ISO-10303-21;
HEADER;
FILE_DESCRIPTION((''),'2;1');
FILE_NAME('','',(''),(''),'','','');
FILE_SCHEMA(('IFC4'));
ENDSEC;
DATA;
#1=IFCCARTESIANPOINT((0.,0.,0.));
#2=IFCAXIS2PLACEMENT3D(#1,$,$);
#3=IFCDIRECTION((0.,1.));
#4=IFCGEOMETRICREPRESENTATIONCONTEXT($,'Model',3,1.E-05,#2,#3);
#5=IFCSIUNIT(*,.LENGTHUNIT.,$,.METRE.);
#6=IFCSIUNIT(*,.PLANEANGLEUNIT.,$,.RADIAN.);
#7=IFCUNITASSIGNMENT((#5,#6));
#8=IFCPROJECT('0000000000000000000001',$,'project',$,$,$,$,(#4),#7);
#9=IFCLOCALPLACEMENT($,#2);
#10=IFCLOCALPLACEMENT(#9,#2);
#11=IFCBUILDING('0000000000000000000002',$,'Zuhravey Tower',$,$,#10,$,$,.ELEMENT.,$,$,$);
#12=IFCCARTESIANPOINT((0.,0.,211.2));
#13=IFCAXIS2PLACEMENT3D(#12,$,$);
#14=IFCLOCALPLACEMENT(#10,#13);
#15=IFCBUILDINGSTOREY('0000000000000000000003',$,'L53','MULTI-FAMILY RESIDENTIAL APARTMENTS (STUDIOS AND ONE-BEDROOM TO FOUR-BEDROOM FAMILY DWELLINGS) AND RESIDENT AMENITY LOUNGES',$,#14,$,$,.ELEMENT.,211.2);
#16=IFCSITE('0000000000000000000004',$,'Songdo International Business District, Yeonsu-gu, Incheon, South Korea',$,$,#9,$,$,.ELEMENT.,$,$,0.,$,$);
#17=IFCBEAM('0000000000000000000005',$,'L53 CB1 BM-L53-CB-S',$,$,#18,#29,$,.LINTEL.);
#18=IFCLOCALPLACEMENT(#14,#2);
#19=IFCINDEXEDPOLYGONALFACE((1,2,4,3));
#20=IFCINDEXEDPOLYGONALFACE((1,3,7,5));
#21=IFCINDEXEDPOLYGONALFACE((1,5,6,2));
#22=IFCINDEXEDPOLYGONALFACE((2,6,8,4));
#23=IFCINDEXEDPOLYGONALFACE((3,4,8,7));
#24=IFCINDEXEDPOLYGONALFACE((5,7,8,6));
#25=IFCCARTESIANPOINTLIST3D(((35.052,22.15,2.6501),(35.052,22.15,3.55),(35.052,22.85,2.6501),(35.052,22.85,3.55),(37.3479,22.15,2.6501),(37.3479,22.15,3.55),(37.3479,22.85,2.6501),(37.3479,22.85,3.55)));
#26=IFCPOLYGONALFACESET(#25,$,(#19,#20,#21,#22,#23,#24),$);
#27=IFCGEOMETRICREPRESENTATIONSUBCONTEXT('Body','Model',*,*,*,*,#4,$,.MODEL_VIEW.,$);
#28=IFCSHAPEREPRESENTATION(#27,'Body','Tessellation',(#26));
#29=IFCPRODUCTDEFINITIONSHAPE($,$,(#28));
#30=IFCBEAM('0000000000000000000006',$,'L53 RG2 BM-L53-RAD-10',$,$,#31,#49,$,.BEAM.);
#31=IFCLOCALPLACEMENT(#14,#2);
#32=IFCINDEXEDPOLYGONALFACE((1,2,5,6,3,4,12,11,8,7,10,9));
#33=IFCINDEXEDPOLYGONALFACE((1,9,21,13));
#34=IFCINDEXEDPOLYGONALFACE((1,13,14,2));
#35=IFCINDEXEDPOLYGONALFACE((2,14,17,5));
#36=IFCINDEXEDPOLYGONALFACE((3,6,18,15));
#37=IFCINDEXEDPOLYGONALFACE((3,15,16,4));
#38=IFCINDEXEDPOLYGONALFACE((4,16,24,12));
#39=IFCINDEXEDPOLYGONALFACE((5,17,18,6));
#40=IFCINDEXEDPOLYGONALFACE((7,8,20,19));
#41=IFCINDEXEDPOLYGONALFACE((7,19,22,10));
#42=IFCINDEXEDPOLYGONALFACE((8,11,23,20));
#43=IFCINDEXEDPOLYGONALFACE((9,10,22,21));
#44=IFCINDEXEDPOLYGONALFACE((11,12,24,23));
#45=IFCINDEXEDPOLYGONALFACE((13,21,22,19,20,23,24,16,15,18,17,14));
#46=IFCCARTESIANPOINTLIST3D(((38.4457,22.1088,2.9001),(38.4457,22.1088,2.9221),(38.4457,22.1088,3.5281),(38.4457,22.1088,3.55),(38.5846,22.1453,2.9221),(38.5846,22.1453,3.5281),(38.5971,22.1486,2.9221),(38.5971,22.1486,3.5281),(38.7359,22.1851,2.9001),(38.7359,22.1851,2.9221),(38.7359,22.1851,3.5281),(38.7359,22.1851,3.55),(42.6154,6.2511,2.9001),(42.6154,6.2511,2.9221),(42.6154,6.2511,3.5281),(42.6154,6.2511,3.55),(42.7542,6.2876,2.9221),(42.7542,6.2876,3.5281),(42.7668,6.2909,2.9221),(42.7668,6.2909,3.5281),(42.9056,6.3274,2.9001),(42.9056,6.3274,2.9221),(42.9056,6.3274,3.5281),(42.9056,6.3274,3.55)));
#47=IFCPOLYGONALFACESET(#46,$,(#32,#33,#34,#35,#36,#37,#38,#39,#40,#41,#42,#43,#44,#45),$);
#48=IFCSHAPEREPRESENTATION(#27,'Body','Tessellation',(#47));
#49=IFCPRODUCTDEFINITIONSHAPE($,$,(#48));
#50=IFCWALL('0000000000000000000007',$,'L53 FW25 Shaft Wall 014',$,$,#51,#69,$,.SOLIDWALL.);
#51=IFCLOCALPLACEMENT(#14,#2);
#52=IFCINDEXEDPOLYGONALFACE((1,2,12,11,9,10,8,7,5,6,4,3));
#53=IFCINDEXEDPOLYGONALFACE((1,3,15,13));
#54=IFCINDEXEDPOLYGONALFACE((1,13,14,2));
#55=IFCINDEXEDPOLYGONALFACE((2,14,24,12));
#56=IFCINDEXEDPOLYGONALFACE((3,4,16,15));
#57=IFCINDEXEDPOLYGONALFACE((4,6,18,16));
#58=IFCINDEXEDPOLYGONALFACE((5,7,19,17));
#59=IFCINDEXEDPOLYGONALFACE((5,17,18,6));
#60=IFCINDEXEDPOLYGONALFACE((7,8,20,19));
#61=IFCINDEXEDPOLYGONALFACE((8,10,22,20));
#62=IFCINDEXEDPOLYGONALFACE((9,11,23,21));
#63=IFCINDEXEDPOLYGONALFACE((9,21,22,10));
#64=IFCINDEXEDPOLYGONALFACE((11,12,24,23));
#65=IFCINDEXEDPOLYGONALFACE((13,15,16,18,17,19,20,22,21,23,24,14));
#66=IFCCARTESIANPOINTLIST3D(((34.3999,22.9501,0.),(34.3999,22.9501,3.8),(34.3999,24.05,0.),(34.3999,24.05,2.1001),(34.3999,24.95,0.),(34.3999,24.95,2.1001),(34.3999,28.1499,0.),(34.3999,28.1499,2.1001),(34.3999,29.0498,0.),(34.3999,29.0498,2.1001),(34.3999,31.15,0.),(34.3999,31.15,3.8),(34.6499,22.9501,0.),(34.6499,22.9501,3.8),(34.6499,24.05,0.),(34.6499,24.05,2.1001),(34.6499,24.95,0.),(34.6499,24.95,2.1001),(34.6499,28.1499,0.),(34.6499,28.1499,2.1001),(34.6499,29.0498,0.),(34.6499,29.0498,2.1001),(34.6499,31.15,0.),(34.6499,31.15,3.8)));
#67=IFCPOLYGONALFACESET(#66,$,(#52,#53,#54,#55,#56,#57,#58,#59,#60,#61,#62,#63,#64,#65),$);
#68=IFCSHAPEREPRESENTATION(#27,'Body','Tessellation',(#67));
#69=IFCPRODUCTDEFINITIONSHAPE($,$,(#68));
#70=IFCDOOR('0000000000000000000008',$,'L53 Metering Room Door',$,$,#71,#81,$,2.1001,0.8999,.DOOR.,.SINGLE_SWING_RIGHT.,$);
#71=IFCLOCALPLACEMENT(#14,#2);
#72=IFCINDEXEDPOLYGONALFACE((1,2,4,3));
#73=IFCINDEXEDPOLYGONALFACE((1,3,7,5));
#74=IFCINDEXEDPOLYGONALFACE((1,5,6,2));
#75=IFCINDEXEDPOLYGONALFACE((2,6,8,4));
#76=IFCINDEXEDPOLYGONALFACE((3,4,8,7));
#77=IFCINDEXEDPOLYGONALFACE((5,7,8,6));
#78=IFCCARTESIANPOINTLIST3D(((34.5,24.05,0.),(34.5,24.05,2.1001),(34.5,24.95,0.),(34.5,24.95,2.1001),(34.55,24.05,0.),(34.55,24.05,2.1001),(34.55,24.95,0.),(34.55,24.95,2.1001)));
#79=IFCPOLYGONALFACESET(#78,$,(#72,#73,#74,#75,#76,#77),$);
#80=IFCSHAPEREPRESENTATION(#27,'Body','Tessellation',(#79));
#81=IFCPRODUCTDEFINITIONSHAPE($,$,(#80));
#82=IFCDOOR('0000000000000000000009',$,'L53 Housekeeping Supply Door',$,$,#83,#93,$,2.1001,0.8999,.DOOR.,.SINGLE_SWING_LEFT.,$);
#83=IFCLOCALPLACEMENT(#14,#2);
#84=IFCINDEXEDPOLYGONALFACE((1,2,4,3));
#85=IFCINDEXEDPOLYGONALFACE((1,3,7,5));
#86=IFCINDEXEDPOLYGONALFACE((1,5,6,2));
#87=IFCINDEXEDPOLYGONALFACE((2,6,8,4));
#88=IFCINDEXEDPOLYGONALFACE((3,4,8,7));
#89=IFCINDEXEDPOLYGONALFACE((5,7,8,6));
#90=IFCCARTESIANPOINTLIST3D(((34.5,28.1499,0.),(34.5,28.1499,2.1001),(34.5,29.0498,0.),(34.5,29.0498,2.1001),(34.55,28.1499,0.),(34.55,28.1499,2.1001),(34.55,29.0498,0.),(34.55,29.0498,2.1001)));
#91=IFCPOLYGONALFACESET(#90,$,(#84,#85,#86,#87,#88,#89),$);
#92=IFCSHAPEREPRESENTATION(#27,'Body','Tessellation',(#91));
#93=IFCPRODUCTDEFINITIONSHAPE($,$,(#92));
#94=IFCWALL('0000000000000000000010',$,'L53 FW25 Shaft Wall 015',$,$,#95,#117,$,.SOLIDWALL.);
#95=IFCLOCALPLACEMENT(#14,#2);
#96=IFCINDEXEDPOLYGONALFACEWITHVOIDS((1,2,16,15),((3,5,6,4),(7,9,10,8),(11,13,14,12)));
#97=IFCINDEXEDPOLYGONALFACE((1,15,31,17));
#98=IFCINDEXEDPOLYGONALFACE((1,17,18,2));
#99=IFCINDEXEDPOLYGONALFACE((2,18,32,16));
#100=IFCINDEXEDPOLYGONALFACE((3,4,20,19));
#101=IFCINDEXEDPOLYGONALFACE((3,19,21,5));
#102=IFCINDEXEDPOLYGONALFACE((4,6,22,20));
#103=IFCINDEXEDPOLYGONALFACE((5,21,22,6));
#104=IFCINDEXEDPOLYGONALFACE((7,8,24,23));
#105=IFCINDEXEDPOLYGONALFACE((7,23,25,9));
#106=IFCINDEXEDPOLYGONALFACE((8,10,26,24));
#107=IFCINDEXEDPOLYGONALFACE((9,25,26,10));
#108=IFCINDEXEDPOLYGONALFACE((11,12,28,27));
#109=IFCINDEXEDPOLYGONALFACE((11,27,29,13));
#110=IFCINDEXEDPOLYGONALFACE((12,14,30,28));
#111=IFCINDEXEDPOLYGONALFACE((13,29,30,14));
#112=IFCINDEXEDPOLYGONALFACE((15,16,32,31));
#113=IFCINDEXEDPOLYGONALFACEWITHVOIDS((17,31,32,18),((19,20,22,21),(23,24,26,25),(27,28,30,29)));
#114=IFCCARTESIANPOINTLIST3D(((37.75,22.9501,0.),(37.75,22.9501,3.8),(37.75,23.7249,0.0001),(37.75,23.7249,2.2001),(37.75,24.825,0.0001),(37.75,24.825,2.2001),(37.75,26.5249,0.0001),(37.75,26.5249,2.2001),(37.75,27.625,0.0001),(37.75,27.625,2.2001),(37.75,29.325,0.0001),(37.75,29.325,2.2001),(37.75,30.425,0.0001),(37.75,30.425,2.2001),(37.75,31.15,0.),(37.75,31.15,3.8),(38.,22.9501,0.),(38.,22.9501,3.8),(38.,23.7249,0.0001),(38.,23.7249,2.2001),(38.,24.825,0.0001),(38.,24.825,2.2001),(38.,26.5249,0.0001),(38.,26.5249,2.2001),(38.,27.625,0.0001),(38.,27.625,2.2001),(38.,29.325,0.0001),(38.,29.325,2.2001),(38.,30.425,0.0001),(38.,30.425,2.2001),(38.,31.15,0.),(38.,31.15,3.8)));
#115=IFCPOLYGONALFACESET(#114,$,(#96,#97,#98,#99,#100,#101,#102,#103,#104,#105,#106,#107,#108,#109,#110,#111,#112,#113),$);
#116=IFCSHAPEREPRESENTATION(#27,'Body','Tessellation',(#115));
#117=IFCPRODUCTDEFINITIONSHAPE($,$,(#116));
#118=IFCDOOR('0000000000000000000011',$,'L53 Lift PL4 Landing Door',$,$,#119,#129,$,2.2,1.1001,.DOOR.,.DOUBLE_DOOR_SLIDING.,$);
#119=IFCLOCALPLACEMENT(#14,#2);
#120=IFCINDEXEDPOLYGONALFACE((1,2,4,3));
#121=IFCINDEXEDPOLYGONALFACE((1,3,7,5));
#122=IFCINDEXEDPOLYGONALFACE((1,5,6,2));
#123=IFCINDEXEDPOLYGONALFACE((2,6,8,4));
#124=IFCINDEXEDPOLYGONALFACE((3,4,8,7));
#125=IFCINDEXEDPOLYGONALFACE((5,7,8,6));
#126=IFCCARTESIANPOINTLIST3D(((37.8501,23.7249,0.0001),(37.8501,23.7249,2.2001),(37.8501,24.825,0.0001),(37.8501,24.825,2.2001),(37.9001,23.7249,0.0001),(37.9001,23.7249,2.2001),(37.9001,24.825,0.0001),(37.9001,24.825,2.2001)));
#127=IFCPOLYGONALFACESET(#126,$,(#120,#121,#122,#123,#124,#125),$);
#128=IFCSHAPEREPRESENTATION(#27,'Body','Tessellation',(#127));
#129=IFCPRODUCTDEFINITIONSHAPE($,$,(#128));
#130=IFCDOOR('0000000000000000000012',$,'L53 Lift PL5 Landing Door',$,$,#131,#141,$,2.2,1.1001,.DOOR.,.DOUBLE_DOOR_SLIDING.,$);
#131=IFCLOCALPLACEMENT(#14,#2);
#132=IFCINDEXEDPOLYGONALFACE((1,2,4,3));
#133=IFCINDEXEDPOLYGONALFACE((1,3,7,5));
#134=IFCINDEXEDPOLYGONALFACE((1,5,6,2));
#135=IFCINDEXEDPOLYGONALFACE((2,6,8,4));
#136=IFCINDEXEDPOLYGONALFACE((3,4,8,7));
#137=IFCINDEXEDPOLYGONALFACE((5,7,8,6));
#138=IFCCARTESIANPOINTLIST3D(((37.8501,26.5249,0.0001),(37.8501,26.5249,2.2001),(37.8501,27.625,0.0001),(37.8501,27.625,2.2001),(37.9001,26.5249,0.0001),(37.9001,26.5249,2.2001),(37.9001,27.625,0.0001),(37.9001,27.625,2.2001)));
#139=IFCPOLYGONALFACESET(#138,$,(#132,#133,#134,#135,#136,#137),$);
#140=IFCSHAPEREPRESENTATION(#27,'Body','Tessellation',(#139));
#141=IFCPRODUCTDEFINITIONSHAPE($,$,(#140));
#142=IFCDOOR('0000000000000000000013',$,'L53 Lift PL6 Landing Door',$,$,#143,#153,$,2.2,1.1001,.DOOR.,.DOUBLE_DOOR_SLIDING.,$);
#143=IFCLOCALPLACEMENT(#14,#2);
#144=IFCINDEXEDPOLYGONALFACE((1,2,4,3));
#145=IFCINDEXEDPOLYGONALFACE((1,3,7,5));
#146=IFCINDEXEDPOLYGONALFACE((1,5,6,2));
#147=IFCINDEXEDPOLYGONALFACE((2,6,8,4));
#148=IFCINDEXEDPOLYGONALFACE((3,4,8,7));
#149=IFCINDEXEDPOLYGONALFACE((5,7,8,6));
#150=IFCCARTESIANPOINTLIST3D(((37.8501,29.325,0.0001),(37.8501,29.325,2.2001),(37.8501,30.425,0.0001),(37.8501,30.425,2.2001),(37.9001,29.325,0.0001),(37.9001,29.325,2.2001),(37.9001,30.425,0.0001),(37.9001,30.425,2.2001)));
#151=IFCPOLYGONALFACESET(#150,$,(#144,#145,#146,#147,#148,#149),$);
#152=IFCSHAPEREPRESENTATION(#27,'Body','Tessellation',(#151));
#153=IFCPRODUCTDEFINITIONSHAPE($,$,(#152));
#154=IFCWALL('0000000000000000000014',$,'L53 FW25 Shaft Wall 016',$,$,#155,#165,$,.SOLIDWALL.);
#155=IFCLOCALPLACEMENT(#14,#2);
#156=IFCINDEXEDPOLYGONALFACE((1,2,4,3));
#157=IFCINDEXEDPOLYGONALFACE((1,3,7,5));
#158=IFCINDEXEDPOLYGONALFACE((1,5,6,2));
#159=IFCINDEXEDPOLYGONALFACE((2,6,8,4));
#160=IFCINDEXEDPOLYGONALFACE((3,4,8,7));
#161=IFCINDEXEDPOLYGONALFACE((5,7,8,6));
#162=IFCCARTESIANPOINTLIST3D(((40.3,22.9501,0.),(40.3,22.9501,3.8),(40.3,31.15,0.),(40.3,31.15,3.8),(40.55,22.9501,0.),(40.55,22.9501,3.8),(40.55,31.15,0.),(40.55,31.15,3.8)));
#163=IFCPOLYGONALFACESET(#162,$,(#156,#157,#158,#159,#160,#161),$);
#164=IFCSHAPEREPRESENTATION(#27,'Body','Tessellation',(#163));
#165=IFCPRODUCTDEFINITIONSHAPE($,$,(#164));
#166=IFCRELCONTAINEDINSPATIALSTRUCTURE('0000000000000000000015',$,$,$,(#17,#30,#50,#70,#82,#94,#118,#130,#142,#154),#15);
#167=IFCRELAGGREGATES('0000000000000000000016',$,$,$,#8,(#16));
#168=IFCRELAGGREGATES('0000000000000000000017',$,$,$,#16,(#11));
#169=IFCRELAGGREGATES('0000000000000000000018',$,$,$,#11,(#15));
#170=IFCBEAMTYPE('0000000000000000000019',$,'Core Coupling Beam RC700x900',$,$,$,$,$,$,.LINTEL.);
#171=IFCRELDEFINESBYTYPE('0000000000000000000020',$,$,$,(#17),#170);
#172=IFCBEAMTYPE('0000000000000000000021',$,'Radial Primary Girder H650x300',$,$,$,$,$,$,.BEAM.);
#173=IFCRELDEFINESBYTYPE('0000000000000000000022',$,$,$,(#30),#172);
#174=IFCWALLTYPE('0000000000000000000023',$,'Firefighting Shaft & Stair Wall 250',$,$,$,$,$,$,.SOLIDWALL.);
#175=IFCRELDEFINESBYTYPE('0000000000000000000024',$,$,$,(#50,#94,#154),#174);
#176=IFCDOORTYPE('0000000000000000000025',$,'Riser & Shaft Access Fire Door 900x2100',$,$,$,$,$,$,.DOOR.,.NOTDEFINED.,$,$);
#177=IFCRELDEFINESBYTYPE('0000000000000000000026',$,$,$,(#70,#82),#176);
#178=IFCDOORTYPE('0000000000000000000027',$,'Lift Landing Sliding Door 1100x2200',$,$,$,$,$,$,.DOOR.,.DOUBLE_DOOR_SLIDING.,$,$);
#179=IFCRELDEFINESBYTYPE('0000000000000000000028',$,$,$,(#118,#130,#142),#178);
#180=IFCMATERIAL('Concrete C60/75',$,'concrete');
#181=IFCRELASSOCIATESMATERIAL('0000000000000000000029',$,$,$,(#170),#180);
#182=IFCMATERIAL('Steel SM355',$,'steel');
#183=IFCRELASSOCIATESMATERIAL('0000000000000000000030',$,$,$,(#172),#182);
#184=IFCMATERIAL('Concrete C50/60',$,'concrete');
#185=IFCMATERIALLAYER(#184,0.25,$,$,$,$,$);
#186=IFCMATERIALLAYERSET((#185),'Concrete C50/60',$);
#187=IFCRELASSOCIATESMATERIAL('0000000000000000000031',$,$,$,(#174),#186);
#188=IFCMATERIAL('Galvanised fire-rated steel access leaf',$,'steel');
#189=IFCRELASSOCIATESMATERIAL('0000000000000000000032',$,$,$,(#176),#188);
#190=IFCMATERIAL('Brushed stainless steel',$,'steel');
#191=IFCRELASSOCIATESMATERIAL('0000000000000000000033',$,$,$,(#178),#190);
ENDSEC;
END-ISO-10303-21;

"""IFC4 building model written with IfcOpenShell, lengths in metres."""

from ifc_helpers import new_model, si_unit, direction, frame, frame_2d, origin, origin_2d, place, context, subcontext, project, spatial, rectangle, i_section, extrude, material, layer, layer_set, material_profile, profile_set, type_object, element, fill, save


model = new_model("IFC4")

# Units and contexts
model_context = context("Model", 3, precision=1e-05, world=origin(), true_north=direction((0.0, 1.0)))
body_context = subcontext(model_context, "Body", "Model", "MODEL_VIEW")
ifc_project = project(units=[si_unit("LENGTHUNIT", "METRE"), si_unit("PLANEANGLEUNIT", "RADIAN")], contexts=[model_context])

# Site, building, storey
site_placement = place(None, origin())
site = spatial("IfcSite", under=ifc_project, at=site_placement, Name="Songdo International Business District, Yeonsu-gu, Incheon, South Korea", CompositionType="ELEMENT", RefElevation=0.0)
building_placement = place(site_placement, origin())
building = spatial("IfcBuilding", under=site, at=building_placement, Name="Zuhravey Tower", CompositionType="ELEMENT")
storey_placement = place(building_placement, frame((0.0, 0.0, 211.2)))
storey = spatial("IfcBuildingStorey", under=building, at=storey_placement, Name="L53", Description="MULTI-FAMILY RESIDENTIAL APARTMENTS (STUDIOS AND ONE-BEDROOM TO FOUR-BEDROOM FAMILY DWELLINGS) AND RESIDENT AMENITY LOUNGES", CompositionType="ELEMENT", Elevation=211.2)

# Beams
ifc_material_1 = material(Name="Concrete C60/75", Category="concrete")
ifc_material_profile_1 = material_profile(ifc_material_1, rectangle(XDim=0.7, YDim=0.8999, at=origin_2d()), Name="RC-700x900")
ifc_profile_set_1 = profile_set([ifc_material_profile_1], Name="Concrete C60/75")
beam_type_1 = type_object("IfcBeamType", Name="Core Coupling Beam RC700x900", PredefinedType="LINTEL", material=ifc_profile_set_1)
beam_1_placement = place(storey_placement, frame((35.052, 22.5, 3.1001), z_axis=(1.0, 0.0, 0.0), x_axis=(0.0, 1.0, 0.0)))
element("IfcBeam", 1, at=beam_1_placement, inside=storey, type_object=beam_type_1, Name="L53 CB1 BM-L53-CB-S", PredefinedType="LINTEL", context=body_context, shape_type="SweptSolid", body=[
    extrude(rectangle(XDim=0.7, YDim=0.8999, at=origin_2d()), origin(), (0.0, 0.0, 1.0), 2.2959),
])
ifc_material_2 = material(Name="Steel SM355", Category="steel")
ifc_material_profile_2 = material_profile(ifc_material_2, i_section(OverallWidth=0.3, OverallDepth=0.6499, WebThickness=0.0129, FlangeThickness=0.022, at=origin_2d()), Name="H-650x300x13x22")
ifc_profile_set_2 = profile_set([ifc_material_profile_2], Name="Steel SM355")
beam_type_2 = type_object("IfcBeamType", Name="Radial Primary Girder H650x300", PredefinedType="BEAM", material=ifc_profile_set_2)
beam_2_placement = place(storey_placement, frame((38.5908, 22.147, 3.2251), z_axis=(0.2543, -0.967125, 0.0), x_axis=(0.967125, 0.2543, 0.0)))
element("IfcBeam", 2, at=beam_2_placement, inside=storey, type_object=beam_type_2, Name="L53 RG2 BM-L53-RAD-10", PredefinedType="BEAM", context=body_context, shape_type="SweptSolid", body=[
    extrude(i_section(OverallWidth=0.3, OverallDepth=0.6499, WebThickness=0.0129, FlangeThickness=0.022, at=origin_2d()), origin(), (0.0, 0.0, 1.0), 16.3967),
])

# Shared definitions
ifc_material_3 = material(Name="Concrete C50/60", Category="concrete")
ifc_layer_1 = layer(ifc_material_3, 0.25)
ifc_layer_set_1 = layer_set([ifc_layer_1], Name="Concrete C50/60")
wall_type_1 = type_object("IfcWallType", Name="Firefighting Shaft & Stair Wall 250", PredefinedType="SOLIDWALL", material=ifc_layer_set_1)

# Walls, openings, doors
wall_1_placement = place(storey_placement, frame((34.5249, 22.95, 0.0), z_axis=(0.0, 0.0, 1.0), x_axis=(0.0, 1.0, 0.0)))
wall_1 = element("IfcWall", 3, at=wall_1_placement, inside=storey, type_object=wall_type_1, Name="L53 FW25 Shaft Wall 014", PredefinedType="SOLIDWALL", context=body_context, shape_type="SweptSolid", body=[
    extrude(rectangle(XDim=8.2, YDim=0.25, at=frame_2d((4.1001, 0.0))), origin(), (0.0, 0.0, 1.0), 3.8),
])
opening_1_placement = place(wall_1_placement, frame((1.1001, 0.0, 0.0)))
opening_1 = element("IfcOpeningElement", 4, at=opening_1_placement, cuts=wall_1, PredefinedType="OPENING", context=body_context, shape_type="SweptSolid", body=[
    extrude(rectangle(XDim=0.8999, YDim=2.1001, at=frame_2d((0.45, 1.05))), frame((0.0, 0.137, 0.0), z_axis=(0.0, -1.0, 0.0), x_axis=(1.0, 0.0, 0.0)), (0.0, 0.0, 1.0), 0.2739),
])
opening_2_placement = place(wall_1_placement, frame((5.2, 0.0, 0.0)))
opening_2 = element("IfcOpeningElement", 5, at=opening_2_placement, cuts=wall_1, PredefinedType="OPENING", context=body_context, shape_type="SweptSolid", body=[
    extrude(rectangle(XDim=0.8999, YDim=2.1001, at=frame_2d((0.45, 1.05))), frame((0.0, 0.137, 0.0), z_axis=(0.0, -1.0, 0.0), x_axis=(1.0, 0.0, 0.0)), (0.0, 0.0, 1.0), 0.2739),
])
ifc_material_4 = material(Name="Galvanised fire-rated steel access leaf", Category="steel")
door_type_1 = type_object("IfcDoorType", Name="Riser & Shaft Access Fire Door 900x2100", OperationType="NOTDEFINED", PredefinedType="DOOR", material=ifc_material_4)
door_1_placement = place(opening_1_placement, origin())
door_1 = element("IfcDoor", 6, at=door_1_placement, inside=storey, type_object=door_type_1, Name="L53 Metering Room Door", OperationType="SINGLE_SWING_RIGHT", OverallHeight=2.1001, OverallWidth=0.8999, PredefinedType="DOOR", context=body_context, shape_type="SweptSolid", body=[
    extrude(rectangle(XDim=0.8999, YDim=2.1001, at=frame_2d((0.45, 1.05))), frame((0.0, 0.0249, 0.0), z_axis=(0.0, -1.0, 0.0), x_axis=(1.0, 0.0, 0.0)), (0.0, 0.0, 1.0), 0.05),
])
fill(opening_1, door_1)
door_2_placement = place(opening_2_placement, origin())
door_2 = element("IfcDoor", 7, at=door_2_placement, inside=storey, type_object=door_type_1, Name="L53 Housekeeping Supply Door", OperationType="SINGLE_SWING_LEFT", OverallHeight=2.1001, OverallWidth=0.8999, PredefinedType="DOOR", context=body_context, shape_type="SweptSolid", body=[
    extrude(rectangle(XDim=0.8999, YDim=2.1001, at=frame_2d((0.45, 1.05))), frame((0.0, 0.0249, 0.0), z_axis=(0.0, -1.0, 0.0), x_axis=(1.0, 0.0, 0.0)), (0.0, 0.0, 1.0), 0.05),
])
fill(opening_2, door_2)
wall_2_placement = place(storey_placement, frame((37.875, 22.95, 0.0), z_axis=(0.0, 0.0, 1.0), x_axis=(0.0, 1.0, 0.0)))
wall_2 = element("IfcWall", 8, at=wall_2_placement, inside=storey, type_object=wall_type_1, Name="L53 FW25 Shaft Wall 015", PredefinedType="SOLIDWALL", context=body_context, shape_type="SweptSolid", body=[
    extrude(rectangle(XDim=8.2, YDim=0.25, at=frame_2d((4.1001, 0.0))), origin(), (0.0, 0.0, 1.0), 3.8),
])
opening_3_placement = place(wall_2_placement, frame((0.7749, 0.0, 0.0)))
opening_3 = element("IfcOpeningElement", 9, at=opening_3_placement, cuts=wall_2, PredefinedType="OPENING", context=body_context, shape_type="SweptSolid", body=[
    extrude(rectangle(XDim=1.1001, YDim=2.2, at=frame_2d((0.55, 1.1001))), frame((0.0, 0.137, 0.0), z_axis=(0.0, -1.0, 0.0), x_axis=(1.0, 0.0, 0.0)), (0.0, 0.0, 1.0), 0.2739),
])
opening_4_placement = place(wall_2_placement, frame((3.575, 0.0, 0.0)))
opening_4 = element("IfcOpeningElement", 10, at=opening_4_placement, cuts=wall_2, PredefinedType="OPENING", context=body_context, shape_type="SweptSolid", body=[
    extrude(rectangle(XDim=1.1001, YDim=2.2, at=frame_2d((0.55, 1.1001))), frame((0.0, 0.137, 0.0), z_axis=(0.0, -1.0, 0.0), x_axis=(1.0, 0.0, 0.0)), (0.0, 0.0, 1.0), 0.2739),
])
opening_5_placement = place(wall_2_placement, frame((6.375, 0.0, 0.0)))
opening_5 = element("IfcOpeningElement", 11, at=opening_5_placement, cuts=wall_2, PredefinedType="OPENING", context=body_context, shape_type="SweptSolid", body=[
    extrude(rectangle(XDim=1.1001, YDim=2.2, at=frame_2d((0.55, 1.1001))), frame((0.0, 0.137, 0.0), z_axis=(0.0, -1.0, 0.0), x_axis=(1.0, 0.0, 0.0)), (0.0, 0.0, 1.0), 0.2739),
])
ifc_material_5 = material(Name="Brushed stainless steel", Category="steel")
door_type_2 = type_object("IfcDoorType", Name="Lift Landing Sliding Door 1100x2200", OperationType="DOUBLE_DOOR_SLIDING", PredefinedType="DOOR", material=ifc_material_5)
door_3_placement = place(opening_3_placement, origin())
door_3 = element("IfcDoor", 12, at=door_3_placement, inside=storey, type_object=door_type_2, Name="L53 Lift PL4 Landing Door", OperationType="DOUBLE_DOOR_SLIDING", OverallHeight=2.2, OverallWidth=1.1001, PredefinedType="DOOR", context=body_context, shape_type="SweptSolid", body=[
    extrude(rectangle(XDim=1.1001, YDim=2.2, at=frame_2d((0.55, 1.1001))), frame((0.0, 0.0249, 0.0), z_axis=(0.0, -1.0, 0.0), x_axis=(1.0, 0.0, 0.0)), (0.0, 0.0, 1.0), 0.05),
])
fill(opening_3, door_3)
door_4_placement = place(opening_4_placement, origin())
door_4 = element("IfcDoor", 13, at=door_4_placement, inside=storey, type_object=door_type_2, Name="L53 Lift PL5 Landing Door", OperationType="DOUBLE_DOOR_SLIDING", OverallHeight=2.2, OverallWidth=1.1001, PredefinedType="DOOR", context=body_context, shape_type="SweptSolid", body=[
    extrude(rectangle(XDim=1.1001, YDim=2.2, at=frame_2d((0.55, 1.1001))), frame((0.0, 0.0249, 0.0), z_axis=(0.0, -1.0, 0.0), x_axis=(1.0, 0.0, 0.0)), (0.0, 0.0, 1.0), 0.05),
])
fill(opening_4, door_4)
door_5_placement = place(opening_5_placement, origin())
door_5 = element("IfcDoor", 14, at=door_5_placement, inside=storey, type_object=door_type_2, Name="L53 Lift PL6 Landing Door", OperationType="DOUBLE_DOOR_SLIDING", OverallHeight=2.2, OverallWidth=1.1001, PredefinedType="DOOR", context=body_context, shape_type="SweptSolid", body=[
    extrude(rectangle(XDim=1.1001, YDim=2.2, at=frame_2d((0.55, 1.1001))), frame((0.0, 0.0249, 0.0), z_axis=(0.0, -1.0, 0.0), x_axis=(1.0, 0.0, 0.0)), (0.0, 0.0, 1.0), 0.05),
])
fill(opening_5, door_5)

# Wall
wall_3_placement = place(storey_placement, frame((40.425, 22.95, 0.0), z_axis=(0.0, 0.0, 1.0), x_axis=(0.0, 1.0, 0.0)))
element("IfcWall", 15, at=wall_3_placement, inside=storey, type_object=wall_type_1, Name="L53 FW25 Shaft Wall 016", PredefinedType="SOLIDWALL", context=body_context, shape_type="SweptSolid", body=[
    extrude(rectangle(XDim=8.2, YDim=0.25, at=frame_2d((4.1001, 0.0))), origin(), (0.0, 0.0, 1.0), 3.8),
])

save(model, "model.ifc")
